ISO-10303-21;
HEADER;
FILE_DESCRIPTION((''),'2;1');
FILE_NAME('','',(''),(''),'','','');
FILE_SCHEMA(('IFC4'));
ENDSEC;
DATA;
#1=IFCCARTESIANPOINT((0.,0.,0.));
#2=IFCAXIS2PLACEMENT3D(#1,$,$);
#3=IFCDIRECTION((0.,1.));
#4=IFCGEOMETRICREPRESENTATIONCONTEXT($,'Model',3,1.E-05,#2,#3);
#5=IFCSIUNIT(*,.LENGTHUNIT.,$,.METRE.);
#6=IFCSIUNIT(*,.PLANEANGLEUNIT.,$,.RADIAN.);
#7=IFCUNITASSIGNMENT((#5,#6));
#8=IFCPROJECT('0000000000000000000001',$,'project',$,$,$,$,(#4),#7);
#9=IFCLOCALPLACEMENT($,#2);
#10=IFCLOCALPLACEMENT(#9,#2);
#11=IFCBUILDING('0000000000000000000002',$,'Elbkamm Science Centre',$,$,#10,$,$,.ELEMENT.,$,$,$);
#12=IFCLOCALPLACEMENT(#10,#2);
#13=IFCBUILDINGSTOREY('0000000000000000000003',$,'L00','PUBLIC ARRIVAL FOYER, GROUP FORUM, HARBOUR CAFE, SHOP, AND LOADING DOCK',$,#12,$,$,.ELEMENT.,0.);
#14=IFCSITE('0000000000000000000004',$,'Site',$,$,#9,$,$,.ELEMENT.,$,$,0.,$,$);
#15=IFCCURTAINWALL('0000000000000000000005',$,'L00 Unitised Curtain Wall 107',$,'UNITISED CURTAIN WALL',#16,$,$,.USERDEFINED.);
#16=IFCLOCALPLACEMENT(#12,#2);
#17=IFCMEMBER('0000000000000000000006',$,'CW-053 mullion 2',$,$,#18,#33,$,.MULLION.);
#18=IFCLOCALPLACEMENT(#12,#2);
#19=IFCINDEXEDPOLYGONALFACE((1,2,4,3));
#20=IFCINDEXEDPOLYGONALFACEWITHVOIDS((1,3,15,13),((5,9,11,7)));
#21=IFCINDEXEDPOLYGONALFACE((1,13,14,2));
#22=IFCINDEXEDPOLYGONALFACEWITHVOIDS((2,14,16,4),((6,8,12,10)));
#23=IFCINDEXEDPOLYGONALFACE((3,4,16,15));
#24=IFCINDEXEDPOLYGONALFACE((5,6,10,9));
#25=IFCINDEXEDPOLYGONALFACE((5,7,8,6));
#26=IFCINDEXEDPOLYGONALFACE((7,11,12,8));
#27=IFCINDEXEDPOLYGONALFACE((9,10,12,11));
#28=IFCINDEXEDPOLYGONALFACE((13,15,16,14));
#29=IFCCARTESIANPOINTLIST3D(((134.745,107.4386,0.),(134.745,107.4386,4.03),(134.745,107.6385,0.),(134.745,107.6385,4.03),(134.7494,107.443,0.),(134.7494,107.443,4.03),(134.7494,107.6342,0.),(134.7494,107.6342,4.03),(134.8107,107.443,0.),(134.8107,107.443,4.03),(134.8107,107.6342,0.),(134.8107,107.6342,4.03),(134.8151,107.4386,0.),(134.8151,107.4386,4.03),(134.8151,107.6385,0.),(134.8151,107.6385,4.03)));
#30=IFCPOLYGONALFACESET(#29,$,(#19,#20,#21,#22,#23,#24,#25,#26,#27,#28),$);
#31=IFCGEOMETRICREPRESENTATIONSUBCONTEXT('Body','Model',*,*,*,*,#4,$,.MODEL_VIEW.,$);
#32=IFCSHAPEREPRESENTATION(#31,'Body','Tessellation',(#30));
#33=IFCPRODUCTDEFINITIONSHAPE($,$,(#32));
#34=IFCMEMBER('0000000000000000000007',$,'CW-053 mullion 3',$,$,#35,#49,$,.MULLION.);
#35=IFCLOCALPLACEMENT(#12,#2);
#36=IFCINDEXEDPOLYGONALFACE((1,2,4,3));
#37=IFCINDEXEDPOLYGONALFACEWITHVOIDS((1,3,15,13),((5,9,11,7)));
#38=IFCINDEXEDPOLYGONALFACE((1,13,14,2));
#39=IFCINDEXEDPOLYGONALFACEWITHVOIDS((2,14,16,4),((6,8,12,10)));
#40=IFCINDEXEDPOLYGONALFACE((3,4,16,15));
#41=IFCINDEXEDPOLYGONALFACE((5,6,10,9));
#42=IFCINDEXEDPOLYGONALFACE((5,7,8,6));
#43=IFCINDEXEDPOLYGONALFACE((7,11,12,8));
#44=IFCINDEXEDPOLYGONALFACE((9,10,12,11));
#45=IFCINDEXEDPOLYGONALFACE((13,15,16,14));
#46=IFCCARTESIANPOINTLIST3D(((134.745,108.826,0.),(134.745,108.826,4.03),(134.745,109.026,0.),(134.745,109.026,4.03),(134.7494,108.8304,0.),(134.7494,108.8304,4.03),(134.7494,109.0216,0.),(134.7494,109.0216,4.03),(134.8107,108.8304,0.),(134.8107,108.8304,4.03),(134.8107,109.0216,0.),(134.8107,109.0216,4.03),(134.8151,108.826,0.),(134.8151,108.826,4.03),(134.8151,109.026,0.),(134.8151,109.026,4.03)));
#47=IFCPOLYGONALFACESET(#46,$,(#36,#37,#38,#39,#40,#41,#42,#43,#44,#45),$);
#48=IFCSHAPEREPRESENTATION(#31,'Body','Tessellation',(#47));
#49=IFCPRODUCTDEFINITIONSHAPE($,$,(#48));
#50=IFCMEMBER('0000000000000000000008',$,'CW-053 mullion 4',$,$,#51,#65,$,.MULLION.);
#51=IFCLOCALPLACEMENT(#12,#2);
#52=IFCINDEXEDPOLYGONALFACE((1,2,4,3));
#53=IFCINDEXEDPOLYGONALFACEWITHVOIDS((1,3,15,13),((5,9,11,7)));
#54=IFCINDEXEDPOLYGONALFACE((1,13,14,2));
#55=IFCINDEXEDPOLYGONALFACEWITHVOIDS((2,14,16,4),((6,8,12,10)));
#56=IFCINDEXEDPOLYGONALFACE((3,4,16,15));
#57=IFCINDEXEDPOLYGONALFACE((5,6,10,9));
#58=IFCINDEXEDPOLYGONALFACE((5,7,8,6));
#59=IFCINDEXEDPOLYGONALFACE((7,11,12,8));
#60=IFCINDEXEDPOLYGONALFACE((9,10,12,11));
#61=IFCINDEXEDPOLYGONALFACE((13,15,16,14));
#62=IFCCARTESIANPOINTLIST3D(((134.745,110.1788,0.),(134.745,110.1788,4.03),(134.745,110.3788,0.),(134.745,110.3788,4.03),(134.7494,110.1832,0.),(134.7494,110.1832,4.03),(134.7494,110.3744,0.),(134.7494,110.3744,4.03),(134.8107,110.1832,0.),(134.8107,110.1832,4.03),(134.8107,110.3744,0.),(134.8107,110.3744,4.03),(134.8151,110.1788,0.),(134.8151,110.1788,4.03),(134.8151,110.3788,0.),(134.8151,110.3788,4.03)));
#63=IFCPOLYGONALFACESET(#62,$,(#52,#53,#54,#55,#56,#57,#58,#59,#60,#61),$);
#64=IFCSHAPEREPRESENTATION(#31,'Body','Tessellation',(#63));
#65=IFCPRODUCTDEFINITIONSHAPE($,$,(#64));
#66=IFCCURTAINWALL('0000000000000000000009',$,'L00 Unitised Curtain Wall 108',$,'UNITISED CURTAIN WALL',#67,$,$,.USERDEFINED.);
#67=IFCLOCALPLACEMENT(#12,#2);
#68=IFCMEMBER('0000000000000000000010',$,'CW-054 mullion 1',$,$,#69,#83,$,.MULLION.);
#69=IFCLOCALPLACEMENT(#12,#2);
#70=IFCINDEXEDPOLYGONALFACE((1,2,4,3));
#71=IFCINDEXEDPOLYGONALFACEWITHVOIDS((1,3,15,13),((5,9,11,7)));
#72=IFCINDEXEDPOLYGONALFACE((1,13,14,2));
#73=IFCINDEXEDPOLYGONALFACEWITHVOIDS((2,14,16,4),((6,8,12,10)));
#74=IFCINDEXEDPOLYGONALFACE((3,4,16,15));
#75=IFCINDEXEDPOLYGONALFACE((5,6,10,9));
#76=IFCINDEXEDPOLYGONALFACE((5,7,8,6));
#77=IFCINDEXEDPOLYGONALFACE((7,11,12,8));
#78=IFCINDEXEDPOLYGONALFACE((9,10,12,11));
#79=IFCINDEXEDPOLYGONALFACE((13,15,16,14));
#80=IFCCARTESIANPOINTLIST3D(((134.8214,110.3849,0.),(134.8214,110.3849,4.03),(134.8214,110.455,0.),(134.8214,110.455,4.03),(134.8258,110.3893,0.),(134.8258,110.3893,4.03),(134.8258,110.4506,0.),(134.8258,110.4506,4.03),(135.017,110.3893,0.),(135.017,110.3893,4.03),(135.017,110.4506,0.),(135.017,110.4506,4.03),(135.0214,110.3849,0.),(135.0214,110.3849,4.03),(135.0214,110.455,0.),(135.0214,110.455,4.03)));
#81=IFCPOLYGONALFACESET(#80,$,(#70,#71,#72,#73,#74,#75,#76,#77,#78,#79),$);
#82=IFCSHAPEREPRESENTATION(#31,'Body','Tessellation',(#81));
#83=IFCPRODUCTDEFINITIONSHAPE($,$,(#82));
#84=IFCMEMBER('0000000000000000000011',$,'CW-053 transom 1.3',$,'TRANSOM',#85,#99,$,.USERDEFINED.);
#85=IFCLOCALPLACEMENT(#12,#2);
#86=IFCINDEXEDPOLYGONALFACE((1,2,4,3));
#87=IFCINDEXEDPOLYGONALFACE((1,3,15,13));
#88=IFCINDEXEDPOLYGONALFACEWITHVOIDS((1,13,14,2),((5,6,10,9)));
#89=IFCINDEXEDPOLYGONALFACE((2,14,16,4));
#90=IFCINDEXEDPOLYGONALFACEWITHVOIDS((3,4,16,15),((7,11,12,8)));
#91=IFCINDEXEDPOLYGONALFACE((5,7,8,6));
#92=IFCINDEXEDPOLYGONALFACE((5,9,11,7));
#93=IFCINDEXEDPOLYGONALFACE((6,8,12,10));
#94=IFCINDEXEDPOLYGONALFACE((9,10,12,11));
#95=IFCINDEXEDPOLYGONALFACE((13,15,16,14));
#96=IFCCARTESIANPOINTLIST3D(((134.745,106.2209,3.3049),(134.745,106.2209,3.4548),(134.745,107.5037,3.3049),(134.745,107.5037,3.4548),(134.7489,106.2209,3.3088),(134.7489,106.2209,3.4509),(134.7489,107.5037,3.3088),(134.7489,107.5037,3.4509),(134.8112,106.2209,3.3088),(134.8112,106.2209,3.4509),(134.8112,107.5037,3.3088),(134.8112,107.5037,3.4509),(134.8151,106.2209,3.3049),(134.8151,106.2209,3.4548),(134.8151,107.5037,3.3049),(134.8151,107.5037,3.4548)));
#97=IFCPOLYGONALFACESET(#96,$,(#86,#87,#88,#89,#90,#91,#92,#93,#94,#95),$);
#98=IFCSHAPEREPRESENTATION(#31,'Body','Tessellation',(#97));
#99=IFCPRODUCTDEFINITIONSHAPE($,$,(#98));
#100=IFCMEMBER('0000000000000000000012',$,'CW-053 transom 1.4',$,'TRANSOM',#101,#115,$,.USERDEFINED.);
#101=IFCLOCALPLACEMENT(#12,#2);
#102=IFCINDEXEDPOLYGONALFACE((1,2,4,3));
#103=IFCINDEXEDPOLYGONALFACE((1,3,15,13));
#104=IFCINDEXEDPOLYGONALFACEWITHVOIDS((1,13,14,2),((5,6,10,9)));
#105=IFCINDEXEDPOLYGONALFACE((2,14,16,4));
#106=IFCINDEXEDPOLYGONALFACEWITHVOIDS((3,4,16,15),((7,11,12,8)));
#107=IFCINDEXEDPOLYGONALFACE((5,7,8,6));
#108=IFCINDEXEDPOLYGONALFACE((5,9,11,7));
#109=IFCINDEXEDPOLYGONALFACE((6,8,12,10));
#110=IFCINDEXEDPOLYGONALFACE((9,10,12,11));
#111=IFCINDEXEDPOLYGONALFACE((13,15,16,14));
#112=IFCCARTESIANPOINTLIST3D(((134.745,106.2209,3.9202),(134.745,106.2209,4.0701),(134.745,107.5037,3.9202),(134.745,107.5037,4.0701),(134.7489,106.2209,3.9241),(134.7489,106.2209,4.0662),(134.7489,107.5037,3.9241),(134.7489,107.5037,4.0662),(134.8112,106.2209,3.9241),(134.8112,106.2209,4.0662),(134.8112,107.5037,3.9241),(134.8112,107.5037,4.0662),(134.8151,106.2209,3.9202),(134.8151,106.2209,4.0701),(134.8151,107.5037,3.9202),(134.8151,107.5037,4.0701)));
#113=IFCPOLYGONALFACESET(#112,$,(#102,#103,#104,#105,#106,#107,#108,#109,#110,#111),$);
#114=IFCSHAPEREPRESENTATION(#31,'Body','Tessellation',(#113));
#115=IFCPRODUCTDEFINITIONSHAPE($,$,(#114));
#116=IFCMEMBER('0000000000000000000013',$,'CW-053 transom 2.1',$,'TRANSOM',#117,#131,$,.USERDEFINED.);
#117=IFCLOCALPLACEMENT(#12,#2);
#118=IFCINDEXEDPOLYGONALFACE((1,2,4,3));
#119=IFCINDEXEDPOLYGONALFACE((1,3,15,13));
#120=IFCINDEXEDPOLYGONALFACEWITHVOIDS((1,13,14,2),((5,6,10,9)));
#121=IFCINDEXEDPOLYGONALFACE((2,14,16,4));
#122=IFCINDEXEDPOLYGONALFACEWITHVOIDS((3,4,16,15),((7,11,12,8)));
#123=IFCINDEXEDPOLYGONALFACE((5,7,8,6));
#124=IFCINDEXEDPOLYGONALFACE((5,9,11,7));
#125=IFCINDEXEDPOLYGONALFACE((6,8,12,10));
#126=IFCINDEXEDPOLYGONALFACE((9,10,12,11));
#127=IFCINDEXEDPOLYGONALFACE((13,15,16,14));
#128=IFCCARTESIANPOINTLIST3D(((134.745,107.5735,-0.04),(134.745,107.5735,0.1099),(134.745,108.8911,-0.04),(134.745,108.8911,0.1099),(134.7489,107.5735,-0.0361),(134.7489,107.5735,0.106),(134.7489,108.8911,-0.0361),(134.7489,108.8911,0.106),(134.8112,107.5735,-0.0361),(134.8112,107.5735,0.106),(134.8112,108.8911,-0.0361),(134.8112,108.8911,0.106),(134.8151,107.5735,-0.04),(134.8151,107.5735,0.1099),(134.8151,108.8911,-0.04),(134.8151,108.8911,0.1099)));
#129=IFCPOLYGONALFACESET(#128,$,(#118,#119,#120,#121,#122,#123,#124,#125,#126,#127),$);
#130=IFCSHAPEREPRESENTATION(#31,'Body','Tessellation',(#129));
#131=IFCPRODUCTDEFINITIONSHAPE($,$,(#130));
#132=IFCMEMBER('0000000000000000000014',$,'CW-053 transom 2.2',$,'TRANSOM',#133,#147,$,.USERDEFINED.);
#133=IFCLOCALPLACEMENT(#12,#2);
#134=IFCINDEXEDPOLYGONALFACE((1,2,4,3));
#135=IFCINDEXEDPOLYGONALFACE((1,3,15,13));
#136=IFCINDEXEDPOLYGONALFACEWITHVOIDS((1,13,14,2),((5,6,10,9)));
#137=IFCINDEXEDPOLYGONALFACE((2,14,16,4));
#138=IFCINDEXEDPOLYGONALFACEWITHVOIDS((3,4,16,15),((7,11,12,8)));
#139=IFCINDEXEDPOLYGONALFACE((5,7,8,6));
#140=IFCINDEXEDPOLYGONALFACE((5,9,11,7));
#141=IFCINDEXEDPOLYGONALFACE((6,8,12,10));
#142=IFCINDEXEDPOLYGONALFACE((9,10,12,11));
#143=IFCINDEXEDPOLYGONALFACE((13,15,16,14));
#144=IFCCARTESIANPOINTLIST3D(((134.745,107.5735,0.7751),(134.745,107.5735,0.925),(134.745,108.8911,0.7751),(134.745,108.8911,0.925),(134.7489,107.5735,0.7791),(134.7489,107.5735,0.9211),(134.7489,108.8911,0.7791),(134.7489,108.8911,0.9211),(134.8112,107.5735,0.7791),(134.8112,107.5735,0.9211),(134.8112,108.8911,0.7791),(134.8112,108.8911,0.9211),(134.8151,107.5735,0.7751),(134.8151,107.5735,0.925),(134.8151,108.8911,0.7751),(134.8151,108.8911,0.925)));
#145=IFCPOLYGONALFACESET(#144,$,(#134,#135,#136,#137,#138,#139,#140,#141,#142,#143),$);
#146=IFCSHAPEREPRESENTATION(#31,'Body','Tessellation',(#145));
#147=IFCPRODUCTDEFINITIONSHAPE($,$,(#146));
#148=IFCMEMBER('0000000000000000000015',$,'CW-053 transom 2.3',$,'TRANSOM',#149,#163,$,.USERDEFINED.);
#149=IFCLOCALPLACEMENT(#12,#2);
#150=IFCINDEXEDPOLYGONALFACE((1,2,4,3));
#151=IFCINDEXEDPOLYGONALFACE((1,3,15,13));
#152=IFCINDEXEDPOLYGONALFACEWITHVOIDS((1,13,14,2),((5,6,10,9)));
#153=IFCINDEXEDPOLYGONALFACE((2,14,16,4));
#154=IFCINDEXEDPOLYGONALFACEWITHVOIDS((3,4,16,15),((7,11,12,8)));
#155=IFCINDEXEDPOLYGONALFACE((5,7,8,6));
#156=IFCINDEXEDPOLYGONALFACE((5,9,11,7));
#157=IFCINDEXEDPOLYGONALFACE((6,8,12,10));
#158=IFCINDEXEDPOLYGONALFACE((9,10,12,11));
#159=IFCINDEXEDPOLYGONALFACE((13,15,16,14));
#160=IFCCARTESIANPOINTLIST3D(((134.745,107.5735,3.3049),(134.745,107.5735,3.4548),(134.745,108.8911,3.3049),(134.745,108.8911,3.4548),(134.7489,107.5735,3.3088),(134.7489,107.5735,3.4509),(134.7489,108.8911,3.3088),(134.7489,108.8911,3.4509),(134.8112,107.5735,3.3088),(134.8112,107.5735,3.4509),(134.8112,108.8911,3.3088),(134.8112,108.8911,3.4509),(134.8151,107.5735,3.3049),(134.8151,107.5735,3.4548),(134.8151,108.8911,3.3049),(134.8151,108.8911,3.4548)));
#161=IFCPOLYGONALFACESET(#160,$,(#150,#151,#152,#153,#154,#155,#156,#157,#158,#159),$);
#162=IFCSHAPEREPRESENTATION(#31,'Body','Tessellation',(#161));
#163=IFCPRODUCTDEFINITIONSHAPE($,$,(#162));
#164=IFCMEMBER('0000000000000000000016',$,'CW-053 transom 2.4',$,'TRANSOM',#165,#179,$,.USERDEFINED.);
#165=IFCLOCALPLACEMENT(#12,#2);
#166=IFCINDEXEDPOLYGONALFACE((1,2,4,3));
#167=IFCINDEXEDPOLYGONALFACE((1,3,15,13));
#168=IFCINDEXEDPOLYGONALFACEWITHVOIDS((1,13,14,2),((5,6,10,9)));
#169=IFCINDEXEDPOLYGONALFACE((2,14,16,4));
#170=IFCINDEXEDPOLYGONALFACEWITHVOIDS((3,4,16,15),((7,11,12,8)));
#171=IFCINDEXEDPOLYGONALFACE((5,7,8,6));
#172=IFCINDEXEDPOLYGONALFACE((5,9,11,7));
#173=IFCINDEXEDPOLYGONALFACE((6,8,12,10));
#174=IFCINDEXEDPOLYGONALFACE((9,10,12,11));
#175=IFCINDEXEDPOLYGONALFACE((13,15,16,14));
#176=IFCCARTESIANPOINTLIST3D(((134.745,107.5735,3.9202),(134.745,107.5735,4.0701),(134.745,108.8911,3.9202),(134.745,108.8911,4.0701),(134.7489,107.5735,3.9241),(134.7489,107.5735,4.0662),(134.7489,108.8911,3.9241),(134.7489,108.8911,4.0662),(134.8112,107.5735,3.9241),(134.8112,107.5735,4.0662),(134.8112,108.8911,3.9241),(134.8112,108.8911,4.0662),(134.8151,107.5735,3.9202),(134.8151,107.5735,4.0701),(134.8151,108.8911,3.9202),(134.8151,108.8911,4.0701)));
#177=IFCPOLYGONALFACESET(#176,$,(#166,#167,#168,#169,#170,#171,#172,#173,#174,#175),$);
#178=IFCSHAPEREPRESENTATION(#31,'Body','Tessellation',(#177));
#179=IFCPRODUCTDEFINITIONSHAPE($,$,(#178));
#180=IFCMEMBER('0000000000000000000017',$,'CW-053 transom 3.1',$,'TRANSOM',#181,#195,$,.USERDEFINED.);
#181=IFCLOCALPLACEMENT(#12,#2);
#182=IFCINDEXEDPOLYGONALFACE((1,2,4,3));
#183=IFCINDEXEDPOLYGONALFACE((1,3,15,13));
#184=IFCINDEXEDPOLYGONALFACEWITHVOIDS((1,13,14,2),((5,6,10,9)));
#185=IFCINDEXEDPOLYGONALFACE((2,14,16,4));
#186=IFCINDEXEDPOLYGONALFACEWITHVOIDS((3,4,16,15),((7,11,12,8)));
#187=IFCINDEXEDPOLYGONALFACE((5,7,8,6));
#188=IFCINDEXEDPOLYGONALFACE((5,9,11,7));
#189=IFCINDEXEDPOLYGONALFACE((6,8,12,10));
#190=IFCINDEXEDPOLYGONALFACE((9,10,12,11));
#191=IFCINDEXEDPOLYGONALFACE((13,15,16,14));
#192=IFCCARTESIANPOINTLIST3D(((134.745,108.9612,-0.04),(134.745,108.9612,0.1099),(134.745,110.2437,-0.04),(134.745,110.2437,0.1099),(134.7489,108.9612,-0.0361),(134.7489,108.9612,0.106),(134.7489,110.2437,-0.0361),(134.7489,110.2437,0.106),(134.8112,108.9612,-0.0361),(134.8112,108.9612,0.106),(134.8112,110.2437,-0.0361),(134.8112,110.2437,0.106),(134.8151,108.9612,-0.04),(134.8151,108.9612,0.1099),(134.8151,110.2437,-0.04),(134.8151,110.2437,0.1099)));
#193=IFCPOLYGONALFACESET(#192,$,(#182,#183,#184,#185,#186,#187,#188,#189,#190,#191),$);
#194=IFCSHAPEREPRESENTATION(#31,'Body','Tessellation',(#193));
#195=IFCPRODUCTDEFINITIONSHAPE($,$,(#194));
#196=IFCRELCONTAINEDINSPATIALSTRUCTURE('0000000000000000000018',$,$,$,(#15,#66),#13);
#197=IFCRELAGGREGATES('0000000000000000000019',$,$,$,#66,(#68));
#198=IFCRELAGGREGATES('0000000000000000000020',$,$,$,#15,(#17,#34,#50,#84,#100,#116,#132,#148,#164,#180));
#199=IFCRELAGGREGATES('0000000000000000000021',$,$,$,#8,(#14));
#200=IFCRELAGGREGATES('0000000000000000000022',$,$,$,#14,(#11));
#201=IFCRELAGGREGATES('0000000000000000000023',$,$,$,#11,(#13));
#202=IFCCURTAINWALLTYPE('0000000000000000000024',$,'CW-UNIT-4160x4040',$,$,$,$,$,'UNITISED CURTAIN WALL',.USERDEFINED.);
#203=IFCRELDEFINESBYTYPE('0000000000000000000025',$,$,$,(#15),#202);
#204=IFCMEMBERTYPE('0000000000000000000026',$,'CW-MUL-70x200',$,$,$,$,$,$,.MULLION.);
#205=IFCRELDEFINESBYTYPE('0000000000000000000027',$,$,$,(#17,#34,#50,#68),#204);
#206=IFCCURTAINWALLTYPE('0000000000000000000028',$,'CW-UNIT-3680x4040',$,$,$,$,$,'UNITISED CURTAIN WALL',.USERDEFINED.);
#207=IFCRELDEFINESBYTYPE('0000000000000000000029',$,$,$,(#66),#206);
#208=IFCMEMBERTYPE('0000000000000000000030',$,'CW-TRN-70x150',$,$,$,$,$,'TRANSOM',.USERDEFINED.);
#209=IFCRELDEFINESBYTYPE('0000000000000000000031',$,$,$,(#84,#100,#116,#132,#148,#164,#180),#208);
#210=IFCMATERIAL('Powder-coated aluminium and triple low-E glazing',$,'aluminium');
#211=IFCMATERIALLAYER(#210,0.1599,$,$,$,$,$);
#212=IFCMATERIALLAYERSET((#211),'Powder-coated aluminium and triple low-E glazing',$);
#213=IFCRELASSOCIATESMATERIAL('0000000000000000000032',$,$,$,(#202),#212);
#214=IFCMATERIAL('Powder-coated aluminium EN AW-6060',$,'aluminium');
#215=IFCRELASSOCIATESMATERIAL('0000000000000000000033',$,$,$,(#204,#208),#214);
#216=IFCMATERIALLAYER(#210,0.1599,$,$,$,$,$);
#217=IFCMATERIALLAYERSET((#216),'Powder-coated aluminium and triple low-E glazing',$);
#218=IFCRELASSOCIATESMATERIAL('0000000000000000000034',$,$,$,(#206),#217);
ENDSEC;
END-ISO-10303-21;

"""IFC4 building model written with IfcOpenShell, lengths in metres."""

from ifc_helpers import new_model, si_unit, direction, frame, origin, origin_2d, place, context, subcontext, project, spatial, hollow_rectangle, extrude, material, layer, layer_set, material_profile, profile_set, type_object, element, aggregate, save


model = new_model("IFC4")

# Units and contexts
model_context = context("Model", 3, precision=1e-05, world=origin(), true_north=direction((0.0, 1.0)))
body_context = subcontext(model_context, "Body", "Model", "MODEL_VIEW")
ifc_project = project(units=[si_unit("LENGTHUNIT", "METRE"), si_unit("PLANEANGLEUNIT", "RADIAN")], contexts=[model_context])

# Site, building, storey
site_placement = place(None, origin())
site = spatial("IfcSite", under=ifc_project, at=site_placement, Name="Site", CompositionType="ELEMENT", RefElevation=0.0)
building_placement = place(site_placement, origin())
building = spatial("IfcBuilding", under=site, at=building_placement, Name="Elbkamm Science Centre", CompositionType="ELEMENT")
storey_placement = place(building_placement, origin())
storey = spatial("IfcBuildingStorey", under=building, at=storey_placement, Name="L00", Description="PUBLIC ARRIVAL FOYER, GROUP FORUM, HARBOUR CAFE, SHOP, AND LOADING DOCK", CompositionType="ELEMENT", Elevation=0.0)

# Curtain wall, members
ifc_material_1 = material(Name="Powder-coated aluminium and triple low-E glazing", Category="aluminium")
ifc_layer_1 = layer(ifc_material_1, 0.1599)
ifc_layer_set_1 = layer_set([ifc_layer_1], Name="Powder-coated aluminium and triple low-E glazing")
curtain_wall_type_1 = type_object("IfcCurtainWallType", Name="CW-UNIT-4160x4040", ElementType="UNITISED CURTAIN WALL", PredefinedType="USERDEFINED", material=ifc_layer_set_1)
curtain_wall_1_placement = place(storey_placement, origin())
curtain_wall_1 = element("IfcCurtainWall", 1, at=curtain_wall_1_placement, inside=storey, type_object=curtain_wall_type_1, Name="L00 Unitised Curtain Wall 107", ObjectType="UNITISED CURTAIN WALL", PredefinedType="USERDEFINED")
ifc_material_2 = material(Name="Powder-coated aluminium EN AW-6060", Category="aluminium")
ifc_material_profile_1 = material_profile(ifc_material_2, hollow_rectangle(XDim=0.0701, YDim=0.2, WallThickness=0.0044, at=origin_2d()), Name="ALU M70x200")
ifc_profile_set_1 = profile_set([ifc_material_profile_1], Name="Powder-coated aluminium EN AW-6060")
member_type_1 = type_object("IfcMemberType", Name="CW-MUL-70x200", PredefinedType="MULLION", material=ifc_profile_set_1)
member_1_placement = place(storey_placement, frame((134.78, 107.5386, 0.0), z_axis=(0.0, 0.0, 1.0), x_axis=(-1.0, 0.0, 0.0)))
member_1 = element("IfcMember", 2, at=member_1_placement, type_object=member_type_1, Name="CW-053 mullion 2", PredefinedType="MULLION", context=body_context, shape_type="SweptSolid", body=[
    extrude(hollow_rectangle(XDim=0.0701, YDim=0.2, WallThickness=0.0044, at=origin_2d()), origin(), (0.0, 0.0, 1.0), 4.03),
])
member_2_placement = place(storey_placement, frame((134.78, 108.926, 0.0), z_axis=(0.0, 0.0, 1.0), x_axis=(-1.0, 0.0, 0.0)))
member_2 = element("IfcMember", 3, at=member_2_placement, type_object=member_type_1, Name="CW-053 mullion 3", PredefinedType="MULLION", context=body_context, shape_type="SweptSolid", body=[
    extrude(hollow_rectangle(XDim=0.0701, YDim=0.2, WallThickness=0.0044, at=origin_2d()), origin(), (0.0, 0.0, 1.0), 4.03),
])
member_3_placement = place(storey_placement, frame((134.78, 110.2788, 0.0), z_axis=(0.0, 0.0, 1.0), x_axis=(-1.0, 0.0, 0.0)))
member_3 = element("IfcMember", 4, at=member_3_placement, type_object=member_type_1, Name="CW-053 mullion 4", PredefinedType="MULLION", context=body_context, shape_type="SweptSolid", body=[
    extrude(hollow_rectangle(XDim=0.0701, YDim=0.2, WallThickness=0.0044, at=origin_2d()), origin(), (0.0, 0.0, 1.0), 4.03),
])

# Curtain wall, member
ifc_layer_2 = layer(ifc_material_1, 0.1599)
ifc_layer_set_2 = layer_set([ifc_layer_2], Name="Powder-coated aluminium and triple low-E glazing")
curtain_wall_type_2 = type_object("IfcCurtainWallType", Name="CW-UNIT-3680x4040", ElementType="UNITISED CURTAIN WALL", PredefinedType="USERDEFINED", material=ifc_layer_set_2)
curtain_wall_2_placement = place(storey_placement, origin())
curtain_wall_2 = element("IfcCurtainWall", 5, at=curtain_wall_2_placement, inside=storey, type_object=curtain_wall_type_2, Name="L00 Unitised Curtain Wall 108", ObjectType="UNITISED CURTAIN WALL", PredefinedType="USERDEFINED")
member_4_placement = place(storey_placement, frame((134.9214, 110.4199, 0.0), z_axis=(0.0, 0.0, 1.0), x_axis=(0.0, 1.0, 0.0)))
member_4 = element("IfcMember", 6, at=member_4_placement, type_object=member_type_1, Name="CW-054 mullion 1", PredefinedType="MULLION", context=body_context, shape_type="SweptSolid", body=[
    extrude(hollow_rectangle(XDim=0.0701, YDim=0.2, WallThickness=0.0044, at=origin_2d()), origin(), (0.0, 0.0, 1.0), 4.03),
])

# Members
ifc_material_profile_2 = material_profile(ifc_material_2, hollow_rectangle(XDim=0.0701, YDim=0.1499, WallThickness=0.0039, at=origin_2d()), Name="ALU T70x150")
ifc_profile_set_2 = profile_set([ifc_material_profile_2], Name="Powder-coated aluminium EN AW-6060")
member_type_2 = type_object("IfcMemberType", Name="CW-TRN-70x150", ElementType="TRANSOM", PredefinedType="USERDEFINED", material=ifc_profile_set_2)
member_5_placement = place(storey_placement, frame((134.78, 106.2209, 3.3799), z_axis=(0.0, 1.0, 0.0), x_axis=(-1.0, 0.0, 0.0)))
member_5 = element("IfcMember", 7, at=member_5_placement, type_object=member_type_2, Name="CW-053 transom 1.3", ObjectType="TRANSOM", PredefinedType="USERDEFINED", context=body_context, shape_type="SweptSolid", body=[
    extrude(hollow_rectangle(XDim=0.0701, YDim=0.1499, WallThickness=0.0039, at=origin_2d()), origin(), (0.0, 0.0, 1.0), 1.2827),
])
member_6_placement = place(storey_placement, frame((134.78, 106.2209, 3.9951), z_axis=(0.0, 1.0, 0.0), x_axis=(-1.0, 0.0, 0.0)))
member_6 = element("IfcMember", 8, at=member_6_placement, type_object=member_type_2, Name="CW-053 transom 1.4", ObjectType="TRANSOM", PredefinedType="USERDEFINED", context=body_context, shape_type="SweptSolid", body=[
    extrude(hollow_rectangle(XDim=0.0701, YDim=0.1499, WallThickness=0.0039, at=origin_2d()), origin(), (0.0, 0.0, 1.0), 1.2827),
])
member_7_placement = place(storey_placement, frame((134.78, 107.5735, 0.0349), z_axis=(0.0, 1.0, 0.0), x_axis=(-1.0, 0.0, 0.0)))
member_7 = element("IfcMember", 9, at=member_7_placement, type_object=member_type_2, Name="CW-053 transom 2.1", ObjectType="TRANSOM", PredefinedType="USERDEFINED", context=body_context, shape_type="SweptSolid", body=[
    extrude(hollow_rectangle(XDim=0.0701, YDim=0.1499, WallThickness=0.0039, at=origin_2d()), origin(), (0.0, 0.0, 1.0), 1.3176),
])
member_8_placement = place(storey_placement, frame((134.78, 107.5735, 0.8501), z_axis=(0.0, 1.0, 0.0), x_axis=(-1.0, 0.0, 0.0)))
member_8 = element("IfcMember", 10, at=member_8_placement, type_object=member_type_2, Name="CW-053 transom 2.2", ObjectType="TRANSOM", PredefinedType="USERDEFINED", context=body_context, shape_type="SweptSolid", body=[
    extrude(hollow_rectangle(XDim=0.0701, YDim=0.1499, WallThickness=0.0039, at=origin_2d()), origin(), (0.0, 0.0, 1.0), 1.3176),
])
member_9_placement = place(storey_placement, frame((134.78, 107.5735, 3.3799), z_axis=(0.0, 1.0, 0.0), x_axis=(-1.0, 0.0, 0.0)))
member_9 = element("IfcMember", 11, at=member_9_placement, type_object=member_type_2, Name="CW-053 transom 2.3", ObjectType="TRANSOM", PredefinedType="USERDEFINED", context=body_context, shape_type="SweptSolid", body=[
    extrude(hollow_rectangle(XDim=0.0701, YDim=0.1499, WallThickness=0.0039, at=origin_2d()), origin(), (0.0, 0.0, 1.0), 1.3176),
])
member_10_placement = place(storey_placement, frame((134.78, 107.5735, 3.9951), z_axis=(0.0, 1.0, 0.0), x_axis=(-1.0, 0.0, 0.0)))
member_10 = element("IfcMember", 12, at=member_10_placement, type_object=member_type_2, Name="CW-053 transom 2.4", ObjectType="TRANSOM", PredefinedType="USERDEFINED", context=body_context, shape_type="SweptSolid", body=[
    extrude(hollow_rectangle(XDim=0.0701, YDim=0.1499, WallThickness=0.0039, at=origin_2d()), origin(), (0.0, 0.0, 1.0), 1.3176),
])
member_11_placement = place(storey_placement, frame((134.78, 108.9612, 0.0349), z_axis=(0.0, 1.0, 0.0), x_axis=(-1.0, 0.0, 0.0)))
member_11 = element("IfcMember", 13, at=member_11_placement, type_object=member_type_2, Name="CW-053 transom 3.1", ObjectType="TRANSOM", PredefinedType="USERDEFINED", context=body_context, shape_type="SweptSolid", body=[
    extrude(hollow_rectangle(XDim=0.0701, YDim=0.1499, WallThickness=0.0039, at=origin_2d()), origin(), (0.0, 0.0, 1.0), 1.2825),
])
aggregate(curtain_wall_2, [member_4])

aggregate(curtain_wall_1, [member_1, member_2, member_3, member_5, member_6, member_7, member_8, member_9, member_10, member_11])

save(model, "model.ifc")
